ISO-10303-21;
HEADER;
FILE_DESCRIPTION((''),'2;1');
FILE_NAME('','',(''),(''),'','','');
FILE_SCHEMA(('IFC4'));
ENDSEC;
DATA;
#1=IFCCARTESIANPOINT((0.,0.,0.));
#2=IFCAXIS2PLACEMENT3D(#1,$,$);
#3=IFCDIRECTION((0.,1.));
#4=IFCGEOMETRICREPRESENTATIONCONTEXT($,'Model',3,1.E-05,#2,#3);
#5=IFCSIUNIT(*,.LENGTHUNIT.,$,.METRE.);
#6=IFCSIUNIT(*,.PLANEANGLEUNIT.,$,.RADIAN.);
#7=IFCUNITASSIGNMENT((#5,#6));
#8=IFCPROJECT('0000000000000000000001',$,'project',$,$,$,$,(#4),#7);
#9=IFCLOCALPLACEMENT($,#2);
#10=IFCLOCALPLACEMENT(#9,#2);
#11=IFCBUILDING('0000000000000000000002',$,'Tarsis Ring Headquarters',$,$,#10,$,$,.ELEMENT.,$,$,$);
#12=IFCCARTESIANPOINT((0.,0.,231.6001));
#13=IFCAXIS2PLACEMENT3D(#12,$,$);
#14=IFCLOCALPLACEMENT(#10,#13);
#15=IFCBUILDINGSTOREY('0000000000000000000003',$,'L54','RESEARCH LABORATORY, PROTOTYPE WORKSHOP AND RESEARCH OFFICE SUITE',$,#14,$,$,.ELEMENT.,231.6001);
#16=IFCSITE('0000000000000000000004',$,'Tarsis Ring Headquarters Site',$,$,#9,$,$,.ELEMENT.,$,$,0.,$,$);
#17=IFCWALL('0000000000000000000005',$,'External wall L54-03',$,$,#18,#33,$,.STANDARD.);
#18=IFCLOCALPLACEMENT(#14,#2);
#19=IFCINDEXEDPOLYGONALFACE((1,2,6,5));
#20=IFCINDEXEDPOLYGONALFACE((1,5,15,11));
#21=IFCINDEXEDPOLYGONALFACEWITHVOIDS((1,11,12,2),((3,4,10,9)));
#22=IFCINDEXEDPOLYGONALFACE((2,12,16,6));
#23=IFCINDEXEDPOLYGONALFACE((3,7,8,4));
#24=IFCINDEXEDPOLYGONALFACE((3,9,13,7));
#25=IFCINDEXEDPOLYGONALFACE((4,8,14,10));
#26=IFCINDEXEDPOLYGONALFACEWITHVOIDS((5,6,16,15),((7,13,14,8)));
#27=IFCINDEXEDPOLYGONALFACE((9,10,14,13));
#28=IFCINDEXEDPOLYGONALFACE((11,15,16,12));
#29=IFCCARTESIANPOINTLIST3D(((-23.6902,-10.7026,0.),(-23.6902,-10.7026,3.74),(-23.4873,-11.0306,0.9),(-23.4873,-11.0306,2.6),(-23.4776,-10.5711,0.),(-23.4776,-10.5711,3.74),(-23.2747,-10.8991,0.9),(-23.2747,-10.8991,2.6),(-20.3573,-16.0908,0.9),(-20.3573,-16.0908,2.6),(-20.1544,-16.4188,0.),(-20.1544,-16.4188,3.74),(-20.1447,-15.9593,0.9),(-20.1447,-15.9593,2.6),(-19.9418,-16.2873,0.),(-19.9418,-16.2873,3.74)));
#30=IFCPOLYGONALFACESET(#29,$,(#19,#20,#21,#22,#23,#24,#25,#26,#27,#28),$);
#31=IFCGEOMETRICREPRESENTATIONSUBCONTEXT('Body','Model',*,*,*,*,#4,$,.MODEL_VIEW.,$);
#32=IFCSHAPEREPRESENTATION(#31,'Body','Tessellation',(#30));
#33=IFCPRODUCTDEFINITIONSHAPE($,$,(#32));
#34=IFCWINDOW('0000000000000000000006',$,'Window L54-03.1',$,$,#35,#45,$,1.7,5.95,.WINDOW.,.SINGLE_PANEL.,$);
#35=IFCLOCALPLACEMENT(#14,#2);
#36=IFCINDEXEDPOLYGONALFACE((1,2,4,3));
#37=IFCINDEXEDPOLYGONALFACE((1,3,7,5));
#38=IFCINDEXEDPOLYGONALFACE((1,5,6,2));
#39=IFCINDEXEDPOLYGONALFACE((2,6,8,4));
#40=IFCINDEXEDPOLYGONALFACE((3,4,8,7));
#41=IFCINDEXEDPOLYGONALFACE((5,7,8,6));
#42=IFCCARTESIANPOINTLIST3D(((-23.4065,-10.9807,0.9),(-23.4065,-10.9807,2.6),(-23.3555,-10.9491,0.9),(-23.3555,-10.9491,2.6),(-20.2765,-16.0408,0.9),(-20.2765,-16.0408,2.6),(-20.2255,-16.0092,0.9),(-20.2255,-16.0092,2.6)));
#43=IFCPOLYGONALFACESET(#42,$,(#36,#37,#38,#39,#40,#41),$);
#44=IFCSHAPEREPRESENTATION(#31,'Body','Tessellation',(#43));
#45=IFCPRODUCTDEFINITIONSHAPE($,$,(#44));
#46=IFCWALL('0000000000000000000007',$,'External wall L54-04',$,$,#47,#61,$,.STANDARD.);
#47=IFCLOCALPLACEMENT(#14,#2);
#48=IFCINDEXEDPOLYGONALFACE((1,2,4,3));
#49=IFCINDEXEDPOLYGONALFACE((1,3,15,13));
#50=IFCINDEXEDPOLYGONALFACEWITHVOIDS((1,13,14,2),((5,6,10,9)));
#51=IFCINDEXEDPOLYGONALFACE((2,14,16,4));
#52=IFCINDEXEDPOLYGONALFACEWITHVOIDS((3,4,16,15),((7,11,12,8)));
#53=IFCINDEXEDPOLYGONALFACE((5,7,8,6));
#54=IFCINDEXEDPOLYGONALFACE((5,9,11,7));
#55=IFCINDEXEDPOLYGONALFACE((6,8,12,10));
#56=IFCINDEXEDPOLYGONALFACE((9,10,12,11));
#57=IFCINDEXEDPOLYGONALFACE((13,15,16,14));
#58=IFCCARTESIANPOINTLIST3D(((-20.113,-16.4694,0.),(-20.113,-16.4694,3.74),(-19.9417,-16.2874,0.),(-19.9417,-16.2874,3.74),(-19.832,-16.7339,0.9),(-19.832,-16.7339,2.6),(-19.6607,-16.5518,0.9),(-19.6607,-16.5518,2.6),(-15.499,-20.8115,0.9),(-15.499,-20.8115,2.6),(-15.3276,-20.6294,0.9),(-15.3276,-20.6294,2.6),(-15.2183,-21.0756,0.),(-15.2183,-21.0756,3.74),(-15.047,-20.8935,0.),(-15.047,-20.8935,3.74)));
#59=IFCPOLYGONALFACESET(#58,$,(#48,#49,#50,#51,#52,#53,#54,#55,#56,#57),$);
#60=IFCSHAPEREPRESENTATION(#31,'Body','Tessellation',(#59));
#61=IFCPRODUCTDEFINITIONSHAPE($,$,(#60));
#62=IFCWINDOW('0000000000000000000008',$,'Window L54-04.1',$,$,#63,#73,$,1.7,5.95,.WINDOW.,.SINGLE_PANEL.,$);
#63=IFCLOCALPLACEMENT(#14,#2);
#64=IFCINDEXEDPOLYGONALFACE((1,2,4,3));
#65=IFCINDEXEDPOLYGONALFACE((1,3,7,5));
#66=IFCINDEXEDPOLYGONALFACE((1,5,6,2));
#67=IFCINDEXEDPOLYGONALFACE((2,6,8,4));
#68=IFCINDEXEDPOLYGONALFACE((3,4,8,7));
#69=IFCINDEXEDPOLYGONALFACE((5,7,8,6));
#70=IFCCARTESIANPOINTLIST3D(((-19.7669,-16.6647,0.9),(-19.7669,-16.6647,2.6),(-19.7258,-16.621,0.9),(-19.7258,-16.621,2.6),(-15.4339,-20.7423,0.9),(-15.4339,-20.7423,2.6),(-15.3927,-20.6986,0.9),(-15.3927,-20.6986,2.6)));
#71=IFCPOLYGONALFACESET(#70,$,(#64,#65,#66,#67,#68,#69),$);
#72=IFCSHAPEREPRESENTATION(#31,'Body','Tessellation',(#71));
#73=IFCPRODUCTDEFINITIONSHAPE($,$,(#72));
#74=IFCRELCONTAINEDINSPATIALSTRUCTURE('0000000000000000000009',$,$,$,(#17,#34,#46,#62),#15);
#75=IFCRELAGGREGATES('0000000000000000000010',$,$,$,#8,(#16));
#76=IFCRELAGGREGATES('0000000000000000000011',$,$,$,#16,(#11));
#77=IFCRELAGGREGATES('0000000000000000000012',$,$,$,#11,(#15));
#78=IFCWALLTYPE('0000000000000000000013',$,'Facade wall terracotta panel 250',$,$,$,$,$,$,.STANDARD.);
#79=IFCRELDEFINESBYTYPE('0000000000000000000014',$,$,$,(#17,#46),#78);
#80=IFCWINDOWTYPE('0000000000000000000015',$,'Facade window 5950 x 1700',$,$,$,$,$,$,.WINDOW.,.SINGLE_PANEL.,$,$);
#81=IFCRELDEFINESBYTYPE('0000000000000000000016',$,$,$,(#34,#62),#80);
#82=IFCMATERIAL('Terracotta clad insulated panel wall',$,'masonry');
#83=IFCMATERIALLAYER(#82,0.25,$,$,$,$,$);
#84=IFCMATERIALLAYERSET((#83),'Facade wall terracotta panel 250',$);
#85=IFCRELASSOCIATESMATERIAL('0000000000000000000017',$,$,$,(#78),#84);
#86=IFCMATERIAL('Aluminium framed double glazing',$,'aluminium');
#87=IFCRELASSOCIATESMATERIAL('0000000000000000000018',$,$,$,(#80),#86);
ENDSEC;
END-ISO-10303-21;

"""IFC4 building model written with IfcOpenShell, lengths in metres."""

from ifc_helpers import new_model, si_unit, direction, frame, frame_2d, origin, place, context, subcontext, project, spatial, rectangle, extrude, material, layer, layer_set, type_object, element, fill, save


model = new_model("IFC4")

# Units and contexts
model_context = context("Model", 3, precision=1e-05, world=origin(), true_north=direction((0.0, 1.0)))
body_context = subcontext(model_context, "Body", "Model", "MODEL_VIEW")
ifc_project = project(units=[si_unit("LENGTHUNIT", "METRE"), si_unit("PLANEANGLEUNIT", "RADIAN")], contexts=[model_context])

# Site, building, storey
site_placement = place(None, origin())
site = spatial("IfcSite", under=ifc_project, at=site_placement, Name="Tarsis Ring Headquarters Site", CompositionType="ELEMENT", RefElevation=0.0)
building_placement = place(site_placement, origin())
building = spatial("IfcBuilding", under=site, at=building_placement, Name="Tarsis Ring Headquarters", CompositionType="ELEMENT")
storey_placement = place(building_placement, frame((0.0, 0.0, 231.6001)))
storey = spatial("IfcBuildingStorey", under=building, at=storey_placement, Name="L54", Description="RESEARCH LABORATORY, PROTOTYPE WORKSHOP AND RESEARCH OFFICE SUITE", CompositionType="ELEMENT", Elevation=231.6001)

# Walls, openings, windows
ifc_material_1 = material(Name="Terracotta clad insulated panel wall", Category="masonry")
ifc_layer_1 = layer(ifc_material_1, 0.25)
ifc_layer_set_1 = layer_set([ifc_layer_1], Name="Facade wall terracotta panel 250")
wall_type_1 = type_object("IfcWallType", Name="Facade wall terracotta panel 250", PredefinedType="STANDARD", material=ifc_layer_set_1)
wall_1_placement = place(storey_placement, frame((-23.584, -10.6367, 0.0), z_axis=(0.0, 0.0, 1.0), x_axis=(0.526056, -0.85045, 0.0)))
wall_1 = element("IfcWall", 1, at=wall_1_placement, inside=storey, type_object=wall_type_1, Name="External wall L54-03", PredefinedType="STANDARD", context=body_context, shape_type="SweptSolid", body=[
    extrude(rectangle(XDim=6.7214, YDim=0.25, at=frame_2d((3.3608, 0.0))), origin(), (0.0, 0.0, 1.0), 3.74),
])
opening_1_placement = place(wall_1_placement, frame((0.3857, 0.0, 0.8999)))
opening_1 = element("IfcOpeningElement", 2, at=opening_1_placement, cuts=wall_1, PredefinedType="OPENING", context=body_context, shape_type="SweptSolid", body=[
    extrude(rectangle(XDim=5.95, YDim=1.7, at=frame_2d((2.9751, 0.8501))), frame((0.0, 0.135, 0.0), z_axis=(0.0, -1.0, 0.0), x_axis=(1.0, 0.0, 0.0)), (0.0, 0.0, 1.0), 0.27),
])
ifc_material_2 = material(Name="Aluminium framed double glazing", Category="aluminium")
window_type = type_object("IfcWindowType", Name="Facade window 5950 x 1700", PartitioningType="SINGLE_PANEL", PredefinedType="WINDOW", material=ifc_material_2)
window_1_placement = place(opening_1_placement, origin())
window_1 = element("IfcWindow", 3, at=window_1_placement, inside=storey, type_object=window_type, Name="Window L54-03.1", OverallHeight=1.7, OverallWidth=5.95, PartitioningType="SINGLE_PANEL", PredefinedType="WINDOW", context=body_context, shape_type="SweptSolid", body=[
    extrude(rectangle(XDim=5.95, YDim=1.7, at=frame_2d((2.9751, 0.8501))), frame((0.0, 0.03, 0.0), z_axis=(0.0, -1.0, 0.0), x_axis=(1.0, 0.0, 0.0)), (0.0, 0.0, 1.0), 0.0601),
])
fill(opening_1, window_1)
wall_2_placement = place(storey_placement, frame((-20.0273, -16.3784, 0.0), z_axis=(0.0, 0.0, 1.0), x_axis=(0.728248, -0.685314, 0.0)))
wall_2 = element("IfcWall", 4, at=wall_2_placement, inside=storey, type_object=wall_type_1, Name="External wall L54-04", PredefinedType="STANDARD", context=body_context, shape_type="SweptSolid", body=[
    extrude(rectangle(XDim=6.7212, YDim=0.25, at=frame_2d((3.3606, 0.0))), origin(), (0.0, 0.0, 1.0), 3.74),
])
opening_2_placement = place(wall_2_placement, frame((0.3857, 0.0, 0.8999)))
opening_2 = element("IfcOpeningElement", 5, at=opening_2_placement, cuts=wall_2, PredefinedType="OPENING", context=body_context, shape_type="SweptSolid", body=[
    extrude(rectangle(XDim=5.95, YDim=1.7, at=frame_2d((2.9751, 0.8501))), frame((0.0, 0.135, 0.0), z_axis=(0.0, -1.0, 0.0), x_axis=(1.0, 0.0, 0.0)), (0.0, 0.0, 1.0), 0.27),
])
window_2_placement = place(opening_2_placement, origin())
window_2 = element("IfcWindow", 6, at=window_2_placement, inside=storey, type_object=window_type, Name="Window L54-04.1", OverallHeight=1.7, OverallWidth=5.95, PartitioningType="SINGLE_PANEL", PredefinedType="WINDOW", context=body_context, shape_type="SweptSolid", body=[
    extrude(rectangle(XDim=5.95, YDim=1.7, at=frame_2d((2.9751, 0.8501))), frame((0.0, 0.03, 0.0), z_axis=(0.0, -1.0, 0.0), x_axis=(1.0, 0.0, 0.0)), (0.0, 0.0, 1.0), 0.0601),
])
fill(opening_2, window_2)

save(model, "model.ifc")
